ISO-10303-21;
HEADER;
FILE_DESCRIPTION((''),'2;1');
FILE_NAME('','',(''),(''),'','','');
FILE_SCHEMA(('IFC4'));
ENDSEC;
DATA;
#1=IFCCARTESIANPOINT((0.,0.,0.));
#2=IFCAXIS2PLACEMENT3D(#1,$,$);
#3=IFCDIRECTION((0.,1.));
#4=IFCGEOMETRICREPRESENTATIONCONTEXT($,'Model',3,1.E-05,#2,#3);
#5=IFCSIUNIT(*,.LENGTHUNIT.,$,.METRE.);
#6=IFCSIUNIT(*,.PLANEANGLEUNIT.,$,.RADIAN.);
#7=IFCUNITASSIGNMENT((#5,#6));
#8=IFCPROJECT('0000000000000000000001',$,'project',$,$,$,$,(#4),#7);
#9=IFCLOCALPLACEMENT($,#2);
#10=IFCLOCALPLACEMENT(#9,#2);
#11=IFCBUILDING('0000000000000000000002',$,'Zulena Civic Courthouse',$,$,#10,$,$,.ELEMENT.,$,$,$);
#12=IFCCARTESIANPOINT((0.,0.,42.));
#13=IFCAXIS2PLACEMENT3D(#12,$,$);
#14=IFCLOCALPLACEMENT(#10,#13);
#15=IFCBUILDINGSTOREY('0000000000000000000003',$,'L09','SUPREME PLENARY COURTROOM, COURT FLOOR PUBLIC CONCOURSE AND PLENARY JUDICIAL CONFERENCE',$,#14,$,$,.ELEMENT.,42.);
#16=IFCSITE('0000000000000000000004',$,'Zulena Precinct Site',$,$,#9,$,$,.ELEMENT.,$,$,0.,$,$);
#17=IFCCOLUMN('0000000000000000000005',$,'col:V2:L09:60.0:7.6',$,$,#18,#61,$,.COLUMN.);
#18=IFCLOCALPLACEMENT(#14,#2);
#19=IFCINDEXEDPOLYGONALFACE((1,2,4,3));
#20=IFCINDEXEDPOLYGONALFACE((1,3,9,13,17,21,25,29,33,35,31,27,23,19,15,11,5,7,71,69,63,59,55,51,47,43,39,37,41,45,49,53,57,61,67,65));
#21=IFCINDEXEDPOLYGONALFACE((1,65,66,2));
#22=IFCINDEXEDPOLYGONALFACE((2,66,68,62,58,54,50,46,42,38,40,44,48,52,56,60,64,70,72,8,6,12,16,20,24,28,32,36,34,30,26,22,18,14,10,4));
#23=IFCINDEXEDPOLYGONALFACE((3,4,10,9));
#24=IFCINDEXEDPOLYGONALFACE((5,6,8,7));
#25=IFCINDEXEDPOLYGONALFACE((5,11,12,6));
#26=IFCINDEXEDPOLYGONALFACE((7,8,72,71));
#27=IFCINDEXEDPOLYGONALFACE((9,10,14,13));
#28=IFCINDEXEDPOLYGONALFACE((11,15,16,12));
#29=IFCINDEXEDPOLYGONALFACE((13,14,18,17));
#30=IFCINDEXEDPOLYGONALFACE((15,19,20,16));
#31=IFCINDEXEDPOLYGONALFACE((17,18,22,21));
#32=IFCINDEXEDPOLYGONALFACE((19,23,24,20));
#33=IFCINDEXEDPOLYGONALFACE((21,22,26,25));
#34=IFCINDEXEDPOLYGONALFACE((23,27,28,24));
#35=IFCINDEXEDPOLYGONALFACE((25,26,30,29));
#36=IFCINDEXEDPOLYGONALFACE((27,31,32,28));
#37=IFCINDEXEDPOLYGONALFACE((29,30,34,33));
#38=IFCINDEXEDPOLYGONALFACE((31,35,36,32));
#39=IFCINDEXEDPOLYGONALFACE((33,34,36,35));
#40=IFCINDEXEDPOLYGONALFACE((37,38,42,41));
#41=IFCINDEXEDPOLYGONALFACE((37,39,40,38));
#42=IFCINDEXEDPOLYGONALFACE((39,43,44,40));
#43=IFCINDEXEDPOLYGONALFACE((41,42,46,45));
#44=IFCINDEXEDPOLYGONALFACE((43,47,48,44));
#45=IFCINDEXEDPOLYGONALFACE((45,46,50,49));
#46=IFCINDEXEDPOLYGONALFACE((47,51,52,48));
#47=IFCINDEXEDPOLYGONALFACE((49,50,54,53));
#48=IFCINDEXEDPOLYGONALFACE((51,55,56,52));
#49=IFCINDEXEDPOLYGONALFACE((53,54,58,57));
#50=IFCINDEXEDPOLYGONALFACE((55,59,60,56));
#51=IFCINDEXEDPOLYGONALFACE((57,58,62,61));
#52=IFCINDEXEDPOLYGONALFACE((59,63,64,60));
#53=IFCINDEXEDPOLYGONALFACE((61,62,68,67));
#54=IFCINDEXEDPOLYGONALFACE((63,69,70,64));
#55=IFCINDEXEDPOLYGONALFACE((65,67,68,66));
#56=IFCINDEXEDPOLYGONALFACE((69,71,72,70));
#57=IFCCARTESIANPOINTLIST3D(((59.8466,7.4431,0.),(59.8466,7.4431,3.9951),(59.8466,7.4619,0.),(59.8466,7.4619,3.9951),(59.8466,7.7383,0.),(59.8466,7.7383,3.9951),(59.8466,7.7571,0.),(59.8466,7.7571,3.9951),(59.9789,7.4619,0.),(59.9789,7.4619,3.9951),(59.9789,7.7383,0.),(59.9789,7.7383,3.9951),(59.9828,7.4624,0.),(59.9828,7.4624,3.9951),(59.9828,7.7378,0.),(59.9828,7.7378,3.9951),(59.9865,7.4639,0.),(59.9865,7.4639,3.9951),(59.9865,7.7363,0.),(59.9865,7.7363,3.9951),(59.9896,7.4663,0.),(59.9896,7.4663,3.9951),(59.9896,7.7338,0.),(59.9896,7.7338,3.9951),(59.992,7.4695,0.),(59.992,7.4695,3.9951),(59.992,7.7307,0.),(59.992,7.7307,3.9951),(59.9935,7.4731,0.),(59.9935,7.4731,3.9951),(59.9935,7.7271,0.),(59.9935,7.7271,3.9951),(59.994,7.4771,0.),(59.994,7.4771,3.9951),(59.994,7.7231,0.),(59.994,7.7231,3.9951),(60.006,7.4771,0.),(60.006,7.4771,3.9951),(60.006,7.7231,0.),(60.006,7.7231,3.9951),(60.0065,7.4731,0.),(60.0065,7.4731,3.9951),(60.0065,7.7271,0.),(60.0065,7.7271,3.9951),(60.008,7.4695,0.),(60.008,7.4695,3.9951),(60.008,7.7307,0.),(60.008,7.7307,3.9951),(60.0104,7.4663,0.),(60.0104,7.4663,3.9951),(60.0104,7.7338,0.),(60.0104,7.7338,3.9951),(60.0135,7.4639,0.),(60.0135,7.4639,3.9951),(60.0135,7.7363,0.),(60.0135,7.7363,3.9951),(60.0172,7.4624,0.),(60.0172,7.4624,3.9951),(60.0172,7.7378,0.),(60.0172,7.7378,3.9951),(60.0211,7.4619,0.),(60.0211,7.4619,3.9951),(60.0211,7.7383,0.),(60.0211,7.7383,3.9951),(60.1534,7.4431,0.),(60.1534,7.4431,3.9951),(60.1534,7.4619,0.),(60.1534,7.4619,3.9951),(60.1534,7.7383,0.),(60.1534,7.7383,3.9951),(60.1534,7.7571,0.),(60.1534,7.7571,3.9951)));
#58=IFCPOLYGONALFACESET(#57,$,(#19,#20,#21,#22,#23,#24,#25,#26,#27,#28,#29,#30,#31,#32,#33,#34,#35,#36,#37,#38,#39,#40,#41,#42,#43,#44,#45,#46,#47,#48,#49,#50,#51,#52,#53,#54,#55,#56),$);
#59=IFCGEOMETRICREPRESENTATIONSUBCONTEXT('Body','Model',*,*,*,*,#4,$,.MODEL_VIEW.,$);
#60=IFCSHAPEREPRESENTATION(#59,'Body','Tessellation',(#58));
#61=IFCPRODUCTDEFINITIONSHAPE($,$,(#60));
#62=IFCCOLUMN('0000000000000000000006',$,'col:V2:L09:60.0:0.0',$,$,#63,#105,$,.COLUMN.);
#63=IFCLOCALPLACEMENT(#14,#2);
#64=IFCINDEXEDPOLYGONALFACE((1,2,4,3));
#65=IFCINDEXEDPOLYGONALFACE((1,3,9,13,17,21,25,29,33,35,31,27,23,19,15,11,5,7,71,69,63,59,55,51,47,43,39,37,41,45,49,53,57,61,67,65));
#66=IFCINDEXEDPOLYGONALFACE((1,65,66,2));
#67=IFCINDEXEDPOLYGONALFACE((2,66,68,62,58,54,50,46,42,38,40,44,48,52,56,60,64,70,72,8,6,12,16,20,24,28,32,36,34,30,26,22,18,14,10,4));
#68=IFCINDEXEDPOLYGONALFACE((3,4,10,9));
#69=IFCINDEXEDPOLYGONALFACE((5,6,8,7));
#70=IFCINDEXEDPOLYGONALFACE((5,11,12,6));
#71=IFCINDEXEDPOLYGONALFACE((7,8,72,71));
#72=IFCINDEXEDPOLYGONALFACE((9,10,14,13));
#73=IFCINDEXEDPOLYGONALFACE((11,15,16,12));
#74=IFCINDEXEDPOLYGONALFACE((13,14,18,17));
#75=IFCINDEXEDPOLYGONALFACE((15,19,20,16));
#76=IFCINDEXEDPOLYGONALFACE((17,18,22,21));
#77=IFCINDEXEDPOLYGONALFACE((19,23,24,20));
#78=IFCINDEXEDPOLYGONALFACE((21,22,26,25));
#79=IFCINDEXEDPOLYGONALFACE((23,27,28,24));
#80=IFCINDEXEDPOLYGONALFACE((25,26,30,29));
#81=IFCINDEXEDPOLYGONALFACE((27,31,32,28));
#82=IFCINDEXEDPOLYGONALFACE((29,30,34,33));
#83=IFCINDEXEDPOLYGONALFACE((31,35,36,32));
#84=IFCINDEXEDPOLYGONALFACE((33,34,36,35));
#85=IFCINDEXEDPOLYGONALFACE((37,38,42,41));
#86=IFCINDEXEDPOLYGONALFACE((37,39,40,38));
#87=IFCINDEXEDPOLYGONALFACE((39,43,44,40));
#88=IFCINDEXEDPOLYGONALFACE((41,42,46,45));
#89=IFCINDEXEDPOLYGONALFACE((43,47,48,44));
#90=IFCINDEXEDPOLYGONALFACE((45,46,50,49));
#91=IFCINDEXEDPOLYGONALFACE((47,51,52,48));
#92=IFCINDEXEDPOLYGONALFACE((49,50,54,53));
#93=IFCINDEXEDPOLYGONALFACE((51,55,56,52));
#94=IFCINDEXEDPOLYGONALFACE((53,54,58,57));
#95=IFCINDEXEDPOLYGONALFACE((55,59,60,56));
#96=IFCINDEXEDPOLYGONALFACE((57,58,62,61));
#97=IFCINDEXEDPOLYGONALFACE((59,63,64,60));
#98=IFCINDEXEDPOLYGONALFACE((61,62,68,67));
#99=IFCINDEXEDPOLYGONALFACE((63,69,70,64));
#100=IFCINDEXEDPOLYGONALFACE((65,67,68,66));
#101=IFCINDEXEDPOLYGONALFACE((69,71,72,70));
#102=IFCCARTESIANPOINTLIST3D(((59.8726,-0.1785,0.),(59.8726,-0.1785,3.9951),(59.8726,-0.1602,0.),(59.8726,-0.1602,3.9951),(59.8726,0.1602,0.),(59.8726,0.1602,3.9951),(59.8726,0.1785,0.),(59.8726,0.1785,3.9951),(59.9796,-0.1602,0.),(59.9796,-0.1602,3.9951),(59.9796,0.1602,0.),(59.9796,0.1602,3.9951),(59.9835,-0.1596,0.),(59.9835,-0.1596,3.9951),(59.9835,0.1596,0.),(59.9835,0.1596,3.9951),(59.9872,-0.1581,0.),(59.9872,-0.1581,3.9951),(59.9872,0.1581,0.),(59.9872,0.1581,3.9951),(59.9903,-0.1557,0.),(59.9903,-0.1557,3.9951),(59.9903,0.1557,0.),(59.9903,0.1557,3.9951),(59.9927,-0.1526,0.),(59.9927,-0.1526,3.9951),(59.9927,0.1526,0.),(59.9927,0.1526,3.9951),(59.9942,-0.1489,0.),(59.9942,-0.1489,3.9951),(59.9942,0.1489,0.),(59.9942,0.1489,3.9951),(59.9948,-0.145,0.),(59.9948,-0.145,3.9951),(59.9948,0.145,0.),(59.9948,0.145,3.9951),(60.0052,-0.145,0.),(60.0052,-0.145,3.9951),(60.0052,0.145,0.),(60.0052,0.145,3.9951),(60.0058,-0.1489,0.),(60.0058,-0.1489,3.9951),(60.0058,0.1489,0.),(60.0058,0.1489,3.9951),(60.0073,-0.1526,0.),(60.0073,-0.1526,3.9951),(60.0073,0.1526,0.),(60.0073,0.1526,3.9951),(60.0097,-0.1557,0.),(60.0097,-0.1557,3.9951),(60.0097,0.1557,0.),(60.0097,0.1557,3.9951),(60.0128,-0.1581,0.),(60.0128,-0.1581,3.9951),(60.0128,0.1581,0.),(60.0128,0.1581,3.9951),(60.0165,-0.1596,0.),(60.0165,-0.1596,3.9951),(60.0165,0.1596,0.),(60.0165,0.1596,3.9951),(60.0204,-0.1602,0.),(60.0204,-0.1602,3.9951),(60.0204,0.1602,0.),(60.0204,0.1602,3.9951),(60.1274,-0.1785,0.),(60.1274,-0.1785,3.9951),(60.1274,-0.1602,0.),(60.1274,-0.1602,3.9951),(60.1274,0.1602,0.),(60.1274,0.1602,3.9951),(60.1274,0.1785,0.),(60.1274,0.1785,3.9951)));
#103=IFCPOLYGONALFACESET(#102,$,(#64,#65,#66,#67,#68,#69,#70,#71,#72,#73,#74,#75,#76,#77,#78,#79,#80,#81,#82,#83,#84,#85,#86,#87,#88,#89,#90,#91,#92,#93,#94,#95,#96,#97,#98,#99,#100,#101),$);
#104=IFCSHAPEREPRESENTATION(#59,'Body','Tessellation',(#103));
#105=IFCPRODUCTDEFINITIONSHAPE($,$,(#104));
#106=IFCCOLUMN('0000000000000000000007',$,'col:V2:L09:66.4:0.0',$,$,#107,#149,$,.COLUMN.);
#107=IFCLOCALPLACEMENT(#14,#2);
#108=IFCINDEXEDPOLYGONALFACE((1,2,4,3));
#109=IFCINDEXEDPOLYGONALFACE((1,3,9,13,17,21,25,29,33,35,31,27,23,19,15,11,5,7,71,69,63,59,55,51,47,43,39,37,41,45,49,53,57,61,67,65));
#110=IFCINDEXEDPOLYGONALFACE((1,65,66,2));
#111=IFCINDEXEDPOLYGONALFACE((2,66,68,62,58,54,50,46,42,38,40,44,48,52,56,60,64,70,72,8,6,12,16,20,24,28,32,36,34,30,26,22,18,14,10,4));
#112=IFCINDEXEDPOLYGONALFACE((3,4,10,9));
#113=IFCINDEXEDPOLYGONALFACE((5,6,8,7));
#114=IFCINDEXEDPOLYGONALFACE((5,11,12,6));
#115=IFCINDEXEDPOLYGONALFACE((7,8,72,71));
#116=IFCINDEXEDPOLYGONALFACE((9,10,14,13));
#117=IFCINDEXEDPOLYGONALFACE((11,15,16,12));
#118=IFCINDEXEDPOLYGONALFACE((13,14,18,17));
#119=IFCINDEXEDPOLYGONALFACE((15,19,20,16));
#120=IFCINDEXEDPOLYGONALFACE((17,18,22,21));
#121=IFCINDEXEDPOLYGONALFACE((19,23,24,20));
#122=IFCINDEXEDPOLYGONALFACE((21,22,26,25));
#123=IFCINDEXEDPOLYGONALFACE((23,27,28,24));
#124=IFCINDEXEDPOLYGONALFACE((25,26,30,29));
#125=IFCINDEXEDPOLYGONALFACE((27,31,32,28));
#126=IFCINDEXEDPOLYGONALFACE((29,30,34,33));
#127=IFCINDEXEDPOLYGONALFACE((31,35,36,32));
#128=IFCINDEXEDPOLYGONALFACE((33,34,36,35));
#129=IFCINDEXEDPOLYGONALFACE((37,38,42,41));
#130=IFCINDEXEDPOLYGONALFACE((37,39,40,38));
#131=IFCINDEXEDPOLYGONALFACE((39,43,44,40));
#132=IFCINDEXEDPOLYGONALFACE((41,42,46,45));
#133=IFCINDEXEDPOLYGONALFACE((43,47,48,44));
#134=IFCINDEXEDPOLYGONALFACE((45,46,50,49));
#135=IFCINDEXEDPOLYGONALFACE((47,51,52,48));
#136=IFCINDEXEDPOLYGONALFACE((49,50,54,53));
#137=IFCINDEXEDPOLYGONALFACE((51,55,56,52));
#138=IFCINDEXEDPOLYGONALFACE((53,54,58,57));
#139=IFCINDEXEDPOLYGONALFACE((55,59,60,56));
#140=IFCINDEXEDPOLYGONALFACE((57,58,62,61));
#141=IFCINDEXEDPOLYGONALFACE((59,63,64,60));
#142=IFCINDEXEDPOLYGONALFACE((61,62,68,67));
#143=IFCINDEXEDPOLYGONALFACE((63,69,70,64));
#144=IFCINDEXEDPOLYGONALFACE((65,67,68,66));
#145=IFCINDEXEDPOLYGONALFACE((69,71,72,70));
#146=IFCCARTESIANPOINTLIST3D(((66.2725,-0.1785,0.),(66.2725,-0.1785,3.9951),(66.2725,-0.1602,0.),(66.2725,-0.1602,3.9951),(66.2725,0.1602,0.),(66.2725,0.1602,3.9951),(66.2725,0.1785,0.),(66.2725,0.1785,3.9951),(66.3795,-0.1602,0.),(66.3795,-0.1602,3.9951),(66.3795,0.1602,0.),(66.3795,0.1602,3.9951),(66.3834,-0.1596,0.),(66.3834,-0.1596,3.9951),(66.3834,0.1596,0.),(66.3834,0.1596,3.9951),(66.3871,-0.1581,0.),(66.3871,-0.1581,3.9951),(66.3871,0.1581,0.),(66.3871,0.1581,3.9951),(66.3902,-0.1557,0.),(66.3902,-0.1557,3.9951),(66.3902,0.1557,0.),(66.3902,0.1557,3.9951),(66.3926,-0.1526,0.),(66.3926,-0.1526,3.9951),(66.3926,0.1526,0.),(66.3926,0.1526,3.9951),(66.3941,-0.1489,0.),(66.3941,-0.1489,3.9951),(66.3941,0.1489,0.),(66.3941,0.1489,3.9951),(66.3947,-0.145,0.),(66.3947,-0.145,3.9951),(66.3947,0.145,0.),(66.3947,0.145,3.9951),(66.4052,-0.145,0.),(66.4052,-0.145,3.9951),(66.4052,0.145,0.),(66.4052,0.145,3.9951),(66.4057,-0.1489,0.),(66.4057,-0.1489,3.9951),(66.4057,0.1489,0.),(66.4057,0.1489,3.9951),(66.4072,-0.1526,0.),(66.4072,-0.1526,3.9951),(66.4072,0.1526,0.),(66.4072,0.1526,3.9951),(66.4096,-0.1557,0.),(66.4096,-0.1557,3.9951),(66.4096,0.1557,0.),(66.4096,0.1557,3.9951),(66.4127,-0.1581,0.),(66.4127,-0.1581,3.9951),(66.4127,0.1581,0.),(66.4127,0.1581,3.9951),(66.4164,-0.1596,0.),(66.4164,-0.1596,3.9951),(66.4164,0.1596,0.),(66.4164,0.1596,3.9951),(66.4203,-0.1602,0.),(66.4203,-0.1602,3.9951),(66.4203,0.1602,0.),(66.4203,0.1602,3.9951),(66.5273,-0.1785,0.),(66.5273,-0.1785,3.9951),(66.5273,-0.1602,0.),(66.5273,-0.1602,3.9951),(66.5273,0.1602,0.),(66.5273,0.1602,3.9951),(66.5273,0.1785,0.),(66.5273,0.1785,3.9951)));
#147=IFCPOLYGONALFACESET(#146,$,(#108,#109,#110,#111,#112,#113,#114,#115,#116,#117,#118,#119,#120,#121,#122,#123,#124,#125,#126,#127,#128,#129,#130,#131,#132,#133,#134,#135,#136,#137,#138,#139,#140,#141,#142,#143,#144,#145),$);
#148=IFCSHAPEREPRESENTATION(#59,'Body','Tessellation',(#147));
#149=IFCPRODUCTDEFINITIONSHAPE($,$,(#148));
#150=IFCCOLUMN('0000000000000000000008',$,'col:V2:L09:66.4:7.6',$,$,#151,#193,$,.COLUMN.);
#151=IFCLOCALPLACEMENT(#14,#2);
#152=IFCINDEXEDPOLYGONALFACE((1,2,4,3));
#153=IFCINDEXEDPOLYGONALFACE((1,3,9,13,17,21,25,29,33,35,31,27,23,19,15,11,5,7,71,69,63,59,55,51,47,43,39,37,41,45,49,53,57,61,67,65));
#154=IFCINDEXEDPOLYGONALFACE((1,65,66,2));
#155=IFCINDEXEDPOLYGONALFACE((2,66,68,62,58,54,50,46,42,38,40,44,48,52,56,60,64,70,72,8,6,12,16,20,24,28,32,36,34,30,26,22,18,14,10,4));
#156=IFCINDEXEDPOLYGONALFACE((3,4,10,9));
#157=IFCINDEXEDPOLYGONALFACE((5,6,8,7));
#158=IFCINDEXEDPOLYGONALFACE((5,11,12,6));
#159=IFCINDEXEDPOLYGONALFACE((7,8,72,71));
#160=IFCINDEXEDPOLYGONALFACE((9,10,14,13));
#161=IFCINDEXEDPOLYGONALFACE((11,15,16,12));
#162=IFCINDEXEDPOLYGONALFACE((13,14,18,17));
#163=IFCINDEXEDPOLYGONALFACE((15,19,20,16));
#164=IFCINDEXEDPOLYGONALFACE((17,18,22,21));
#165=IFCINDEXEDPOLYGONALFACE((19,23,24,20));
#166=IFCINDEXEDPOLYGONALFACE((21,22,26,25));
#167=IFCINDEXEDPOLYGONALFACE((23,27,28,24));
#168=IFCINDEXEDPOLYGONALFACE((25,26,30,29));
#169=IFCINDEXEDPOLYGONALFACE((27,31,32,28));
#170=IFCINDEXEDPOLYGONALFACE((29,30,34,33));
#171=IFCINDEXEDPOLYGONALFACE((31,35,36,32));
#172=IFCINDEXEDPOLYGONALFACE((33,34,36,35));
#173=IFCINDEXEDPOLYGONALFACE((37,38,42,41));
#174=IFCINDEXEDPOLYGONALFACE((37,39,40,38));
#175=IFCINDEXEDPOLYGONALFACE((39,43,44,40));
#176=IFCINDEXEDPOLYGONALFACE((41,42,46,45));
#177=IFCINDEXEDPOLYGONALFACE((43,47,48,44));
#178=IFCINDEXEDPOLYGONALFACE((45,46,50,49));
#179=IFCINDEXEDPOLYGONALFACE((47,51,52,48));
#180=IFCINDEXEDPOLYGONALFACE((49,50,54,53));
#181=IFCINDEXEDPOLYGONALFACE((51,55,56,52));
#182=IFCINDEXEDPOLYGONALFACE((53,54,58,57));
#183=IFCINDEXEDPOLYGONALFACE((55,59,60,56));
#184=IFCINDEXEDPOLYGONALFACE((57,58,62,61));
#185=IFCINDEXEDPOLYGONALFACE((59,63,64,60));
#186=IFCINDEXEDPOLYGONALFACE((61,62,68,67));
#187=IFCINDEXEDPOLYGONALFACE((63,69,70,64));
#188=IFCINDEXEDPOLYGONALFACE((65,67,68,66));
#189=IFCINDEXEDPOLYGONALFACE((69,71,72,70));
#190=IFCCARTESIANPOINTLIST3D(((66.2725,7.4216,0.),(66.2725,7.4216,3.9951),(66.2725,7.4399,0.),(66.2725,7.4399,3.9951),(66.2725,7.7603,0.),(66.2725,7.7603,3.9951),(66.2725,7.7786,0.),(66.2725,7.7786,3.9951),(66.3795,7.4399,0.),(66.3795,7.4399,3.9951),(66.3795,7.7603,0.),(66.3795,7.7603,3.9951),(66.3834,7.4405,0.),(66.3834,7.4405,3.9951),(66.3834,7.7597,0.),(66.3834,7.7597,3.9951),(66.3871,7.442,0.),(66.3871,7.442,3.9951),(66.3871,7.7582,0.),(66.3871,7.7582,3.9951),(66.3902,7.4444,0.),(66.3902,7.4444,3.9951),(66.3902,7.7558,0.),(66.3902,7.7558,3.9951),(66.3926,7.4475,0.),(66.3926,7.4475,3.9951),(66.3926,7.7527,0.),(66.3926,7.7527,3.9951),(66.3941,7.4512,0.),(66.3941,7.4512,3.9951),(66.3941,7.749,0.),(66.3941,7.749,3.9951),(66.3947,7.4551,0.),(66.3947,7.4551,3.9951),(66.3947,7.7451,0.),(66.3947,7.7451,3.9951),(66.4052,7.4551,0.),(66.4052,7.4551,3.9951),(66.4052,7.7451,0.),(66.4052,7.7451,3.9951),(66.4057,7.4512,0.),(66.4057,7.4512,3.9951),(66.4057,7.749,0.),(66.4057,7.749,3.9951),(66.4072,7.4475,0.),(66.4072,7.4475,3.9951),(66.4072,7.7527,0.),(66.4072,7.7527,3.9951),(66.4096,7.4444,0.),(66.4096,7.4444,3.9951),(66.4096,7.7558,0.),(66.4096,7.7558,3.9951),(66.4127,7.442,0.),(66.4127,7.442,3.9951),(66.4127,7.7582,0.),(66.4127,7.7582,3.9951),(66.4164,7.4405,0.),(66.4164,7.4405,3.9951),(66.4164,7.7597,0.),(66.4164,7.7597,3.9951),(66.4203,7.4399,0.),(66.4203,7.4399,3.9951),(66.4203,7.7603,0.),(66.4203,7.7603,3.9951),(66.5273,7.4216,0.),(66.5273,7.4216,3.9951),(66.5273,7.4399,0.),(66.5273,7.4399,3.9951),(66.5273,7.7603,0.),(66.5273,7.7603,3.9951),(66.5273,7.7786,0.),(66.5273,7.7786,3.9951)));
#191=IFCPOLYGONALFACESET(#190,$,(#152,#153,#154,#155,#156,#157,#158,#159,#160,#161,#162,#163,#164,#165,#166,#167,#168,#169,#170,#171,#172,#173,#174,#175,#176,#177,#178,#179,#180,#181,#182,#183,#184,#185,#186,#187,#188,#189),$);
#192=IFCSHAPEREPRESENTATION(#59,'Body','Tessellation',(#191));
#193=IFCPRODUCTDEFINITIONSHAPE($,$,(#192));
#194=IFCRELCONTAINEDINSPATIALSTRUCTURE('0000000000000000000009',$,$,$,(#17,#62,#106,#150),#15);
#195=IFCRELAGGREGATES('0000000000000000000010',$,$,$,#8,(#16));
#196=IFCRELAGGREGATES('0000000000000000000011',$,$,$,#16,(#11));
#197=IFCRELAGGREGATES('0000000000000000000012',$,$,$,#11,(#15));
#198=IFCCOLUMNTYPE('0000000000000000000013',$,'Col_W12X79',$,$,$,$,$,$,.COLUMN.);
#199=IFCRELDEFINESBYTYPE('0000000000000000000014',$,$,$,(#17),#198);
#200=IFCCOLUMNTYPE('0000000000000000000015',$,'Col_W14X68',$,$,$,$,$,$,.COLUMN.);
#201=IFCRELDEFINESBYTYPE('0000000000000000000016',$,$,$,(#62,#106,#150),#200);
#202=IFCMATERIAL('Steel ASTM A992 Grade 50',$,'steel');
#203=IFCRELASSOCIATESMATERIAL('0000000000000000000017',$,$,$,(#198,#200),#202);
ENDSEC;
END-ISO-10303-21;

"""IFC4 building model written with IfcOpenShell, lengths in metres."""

from ifc_helpers import new_model, si_unit, direction, frame, origin, origin_2d, place, context, subcontext, project, spatial, i_section, extrude, material, material_profile, profile_set, type_object, element, save


model = new_model("IFC4")

# Units and contexts
model_context = context("Model", 3, precision=1e-05, world=origin(), true_north=direction((0.0, 1.0)))
body_context = subcontext(model_context, "Body", "Model", "MODEL_VIEW")
ifc_project = project(units=[si_unit("LENGTHUNIT", "METRE"), si_unit("PLANEANGLEUNIT", "RADIAN")], contexts=[model_context])

# Site, building, storey
site_placement = place(None, origin())
site = spatial("IfcSite", under=ifc_project, at=site_placement, Name="Zulena Precinct Site", CompositionType="ELEMENT", RefElevation=0.0)
building_placement = place(site_placement, origin())
building = spatial("IfcBuilding", under=site, at=building_placement, Name="Zulena Civic Courthouse", CompositionType="ELEMENT")
storey_placement = place(building_placement, frame((0.0, 0.0, 42.0)))
storey = spatial("IfcBuildingStorey", under=building, at=storey_placement, Name="L09", Description="SUPREME PLENARY COURTROOM, COURT FLOOR PUBLIC CONCOURSE AND PLENARY JUDICIAL CONFERENCE", CompositionType="ELEMENT", Elevation=42.0)

# Columns
ifc_material_1 = material(Name="Steel ASTM A992 Grade 50", Category="steel")
ifc_material_profile_1 = material_profile(ifc_material_1, i_section(OverallWidth=0.3069, OverallDepth=0.314, WebThickness=0.012, FlangeThickness=0.0188, FilletRadius=0.0151, at=origin_2d()), Name="W12X79")
ifc_profile_set_1 = profile_set([ifc_material_profile_1], Name="Steel ASTM A992 Grade 50")
column_type_1 = type_object("IfcColumnType", Name="Col_W12X79", PredefinedType="COLUMN", material=ifc_profile_set_1)
column_placement = place(storey_placement, frame((60.0, 7.6001, 0.0), z_axis=(0.0, 0.0, 1.0), x_axis=(1.0, 0.0, 0.0)))
element("IfcColumn", 1, at=column_placement, inside=storey, type_object=column_type_1, Name="col:V2:L09:60.0:7.6", PredefinedType="COLUMN", context=body_context, shape_type="SweptSolid", body=[
    extrude(i_section(OverallWidth=0.3069, OverallDepth=0.314, WebThickness=0.012, FlangeThickness=0.0188, FilletRadius=0.0151, at=origin_2d()), origin(), (0.0, 0.0, 1.0), 3.9951),
])
ifc_material_profile_2 = material_profile(ifc_material_1, i_section(OverallWidth=0.2549, OverallDepth=0.3569, WebThickness=0.0105, FlangeThickness=0.0183, FilletRadius=0.0151, at=origin_2d()), Name="W14X68")
ifc_profile_set_2 = profile_set([ifc_material_profile_2], Name="Steel ASTM A992 Grade 50")
column_type_2 = type_object("IfcColumnType", Name="Col_W14X68", PredefinedType="COLUMN", material=ifc_profile_set_2)
for number, where, z_axis, x_axis, name in (
    (2, (60.0, 0.0, 0.0), (0.0, 0.0, 1.0), (1.0, 0.0, 0.0), "col:V2:L09:60.0:0.0"),
    (3, (66.3999, 0.0, 0.0), (0.0, 0.0, 1.0), (1.0, 0.0, 0.0), "col:V2:L09:66.4:0.0"),
    (4, (66.3999, 7.6001, 0.0), (0.0, 0.0, 1.0), (1.0, 0.0, 0.0), "col:V2:L09:66.4:7.6"),
):
    element("IfcColumn", number, at=place(storey_placement, frame(where, z_axis=z_axis, x_axis=x_axis)), inside=storey, type_object=column_type_2, Name=name, PredefinedType="COLUMN", context=body_context, shape_type="SweptSolid", body=[
        extrude(i_section(OverallWidth=0.2549, OverallDepth=0.3569, WebThickness=0.0105, FlangeThickness=0.0183, FilletRadius=0.0151, at=origin_2d()), origin(), (0.0, 0.0, 1.0), 3.9951),
    ])

save(model, "model.ifc")
